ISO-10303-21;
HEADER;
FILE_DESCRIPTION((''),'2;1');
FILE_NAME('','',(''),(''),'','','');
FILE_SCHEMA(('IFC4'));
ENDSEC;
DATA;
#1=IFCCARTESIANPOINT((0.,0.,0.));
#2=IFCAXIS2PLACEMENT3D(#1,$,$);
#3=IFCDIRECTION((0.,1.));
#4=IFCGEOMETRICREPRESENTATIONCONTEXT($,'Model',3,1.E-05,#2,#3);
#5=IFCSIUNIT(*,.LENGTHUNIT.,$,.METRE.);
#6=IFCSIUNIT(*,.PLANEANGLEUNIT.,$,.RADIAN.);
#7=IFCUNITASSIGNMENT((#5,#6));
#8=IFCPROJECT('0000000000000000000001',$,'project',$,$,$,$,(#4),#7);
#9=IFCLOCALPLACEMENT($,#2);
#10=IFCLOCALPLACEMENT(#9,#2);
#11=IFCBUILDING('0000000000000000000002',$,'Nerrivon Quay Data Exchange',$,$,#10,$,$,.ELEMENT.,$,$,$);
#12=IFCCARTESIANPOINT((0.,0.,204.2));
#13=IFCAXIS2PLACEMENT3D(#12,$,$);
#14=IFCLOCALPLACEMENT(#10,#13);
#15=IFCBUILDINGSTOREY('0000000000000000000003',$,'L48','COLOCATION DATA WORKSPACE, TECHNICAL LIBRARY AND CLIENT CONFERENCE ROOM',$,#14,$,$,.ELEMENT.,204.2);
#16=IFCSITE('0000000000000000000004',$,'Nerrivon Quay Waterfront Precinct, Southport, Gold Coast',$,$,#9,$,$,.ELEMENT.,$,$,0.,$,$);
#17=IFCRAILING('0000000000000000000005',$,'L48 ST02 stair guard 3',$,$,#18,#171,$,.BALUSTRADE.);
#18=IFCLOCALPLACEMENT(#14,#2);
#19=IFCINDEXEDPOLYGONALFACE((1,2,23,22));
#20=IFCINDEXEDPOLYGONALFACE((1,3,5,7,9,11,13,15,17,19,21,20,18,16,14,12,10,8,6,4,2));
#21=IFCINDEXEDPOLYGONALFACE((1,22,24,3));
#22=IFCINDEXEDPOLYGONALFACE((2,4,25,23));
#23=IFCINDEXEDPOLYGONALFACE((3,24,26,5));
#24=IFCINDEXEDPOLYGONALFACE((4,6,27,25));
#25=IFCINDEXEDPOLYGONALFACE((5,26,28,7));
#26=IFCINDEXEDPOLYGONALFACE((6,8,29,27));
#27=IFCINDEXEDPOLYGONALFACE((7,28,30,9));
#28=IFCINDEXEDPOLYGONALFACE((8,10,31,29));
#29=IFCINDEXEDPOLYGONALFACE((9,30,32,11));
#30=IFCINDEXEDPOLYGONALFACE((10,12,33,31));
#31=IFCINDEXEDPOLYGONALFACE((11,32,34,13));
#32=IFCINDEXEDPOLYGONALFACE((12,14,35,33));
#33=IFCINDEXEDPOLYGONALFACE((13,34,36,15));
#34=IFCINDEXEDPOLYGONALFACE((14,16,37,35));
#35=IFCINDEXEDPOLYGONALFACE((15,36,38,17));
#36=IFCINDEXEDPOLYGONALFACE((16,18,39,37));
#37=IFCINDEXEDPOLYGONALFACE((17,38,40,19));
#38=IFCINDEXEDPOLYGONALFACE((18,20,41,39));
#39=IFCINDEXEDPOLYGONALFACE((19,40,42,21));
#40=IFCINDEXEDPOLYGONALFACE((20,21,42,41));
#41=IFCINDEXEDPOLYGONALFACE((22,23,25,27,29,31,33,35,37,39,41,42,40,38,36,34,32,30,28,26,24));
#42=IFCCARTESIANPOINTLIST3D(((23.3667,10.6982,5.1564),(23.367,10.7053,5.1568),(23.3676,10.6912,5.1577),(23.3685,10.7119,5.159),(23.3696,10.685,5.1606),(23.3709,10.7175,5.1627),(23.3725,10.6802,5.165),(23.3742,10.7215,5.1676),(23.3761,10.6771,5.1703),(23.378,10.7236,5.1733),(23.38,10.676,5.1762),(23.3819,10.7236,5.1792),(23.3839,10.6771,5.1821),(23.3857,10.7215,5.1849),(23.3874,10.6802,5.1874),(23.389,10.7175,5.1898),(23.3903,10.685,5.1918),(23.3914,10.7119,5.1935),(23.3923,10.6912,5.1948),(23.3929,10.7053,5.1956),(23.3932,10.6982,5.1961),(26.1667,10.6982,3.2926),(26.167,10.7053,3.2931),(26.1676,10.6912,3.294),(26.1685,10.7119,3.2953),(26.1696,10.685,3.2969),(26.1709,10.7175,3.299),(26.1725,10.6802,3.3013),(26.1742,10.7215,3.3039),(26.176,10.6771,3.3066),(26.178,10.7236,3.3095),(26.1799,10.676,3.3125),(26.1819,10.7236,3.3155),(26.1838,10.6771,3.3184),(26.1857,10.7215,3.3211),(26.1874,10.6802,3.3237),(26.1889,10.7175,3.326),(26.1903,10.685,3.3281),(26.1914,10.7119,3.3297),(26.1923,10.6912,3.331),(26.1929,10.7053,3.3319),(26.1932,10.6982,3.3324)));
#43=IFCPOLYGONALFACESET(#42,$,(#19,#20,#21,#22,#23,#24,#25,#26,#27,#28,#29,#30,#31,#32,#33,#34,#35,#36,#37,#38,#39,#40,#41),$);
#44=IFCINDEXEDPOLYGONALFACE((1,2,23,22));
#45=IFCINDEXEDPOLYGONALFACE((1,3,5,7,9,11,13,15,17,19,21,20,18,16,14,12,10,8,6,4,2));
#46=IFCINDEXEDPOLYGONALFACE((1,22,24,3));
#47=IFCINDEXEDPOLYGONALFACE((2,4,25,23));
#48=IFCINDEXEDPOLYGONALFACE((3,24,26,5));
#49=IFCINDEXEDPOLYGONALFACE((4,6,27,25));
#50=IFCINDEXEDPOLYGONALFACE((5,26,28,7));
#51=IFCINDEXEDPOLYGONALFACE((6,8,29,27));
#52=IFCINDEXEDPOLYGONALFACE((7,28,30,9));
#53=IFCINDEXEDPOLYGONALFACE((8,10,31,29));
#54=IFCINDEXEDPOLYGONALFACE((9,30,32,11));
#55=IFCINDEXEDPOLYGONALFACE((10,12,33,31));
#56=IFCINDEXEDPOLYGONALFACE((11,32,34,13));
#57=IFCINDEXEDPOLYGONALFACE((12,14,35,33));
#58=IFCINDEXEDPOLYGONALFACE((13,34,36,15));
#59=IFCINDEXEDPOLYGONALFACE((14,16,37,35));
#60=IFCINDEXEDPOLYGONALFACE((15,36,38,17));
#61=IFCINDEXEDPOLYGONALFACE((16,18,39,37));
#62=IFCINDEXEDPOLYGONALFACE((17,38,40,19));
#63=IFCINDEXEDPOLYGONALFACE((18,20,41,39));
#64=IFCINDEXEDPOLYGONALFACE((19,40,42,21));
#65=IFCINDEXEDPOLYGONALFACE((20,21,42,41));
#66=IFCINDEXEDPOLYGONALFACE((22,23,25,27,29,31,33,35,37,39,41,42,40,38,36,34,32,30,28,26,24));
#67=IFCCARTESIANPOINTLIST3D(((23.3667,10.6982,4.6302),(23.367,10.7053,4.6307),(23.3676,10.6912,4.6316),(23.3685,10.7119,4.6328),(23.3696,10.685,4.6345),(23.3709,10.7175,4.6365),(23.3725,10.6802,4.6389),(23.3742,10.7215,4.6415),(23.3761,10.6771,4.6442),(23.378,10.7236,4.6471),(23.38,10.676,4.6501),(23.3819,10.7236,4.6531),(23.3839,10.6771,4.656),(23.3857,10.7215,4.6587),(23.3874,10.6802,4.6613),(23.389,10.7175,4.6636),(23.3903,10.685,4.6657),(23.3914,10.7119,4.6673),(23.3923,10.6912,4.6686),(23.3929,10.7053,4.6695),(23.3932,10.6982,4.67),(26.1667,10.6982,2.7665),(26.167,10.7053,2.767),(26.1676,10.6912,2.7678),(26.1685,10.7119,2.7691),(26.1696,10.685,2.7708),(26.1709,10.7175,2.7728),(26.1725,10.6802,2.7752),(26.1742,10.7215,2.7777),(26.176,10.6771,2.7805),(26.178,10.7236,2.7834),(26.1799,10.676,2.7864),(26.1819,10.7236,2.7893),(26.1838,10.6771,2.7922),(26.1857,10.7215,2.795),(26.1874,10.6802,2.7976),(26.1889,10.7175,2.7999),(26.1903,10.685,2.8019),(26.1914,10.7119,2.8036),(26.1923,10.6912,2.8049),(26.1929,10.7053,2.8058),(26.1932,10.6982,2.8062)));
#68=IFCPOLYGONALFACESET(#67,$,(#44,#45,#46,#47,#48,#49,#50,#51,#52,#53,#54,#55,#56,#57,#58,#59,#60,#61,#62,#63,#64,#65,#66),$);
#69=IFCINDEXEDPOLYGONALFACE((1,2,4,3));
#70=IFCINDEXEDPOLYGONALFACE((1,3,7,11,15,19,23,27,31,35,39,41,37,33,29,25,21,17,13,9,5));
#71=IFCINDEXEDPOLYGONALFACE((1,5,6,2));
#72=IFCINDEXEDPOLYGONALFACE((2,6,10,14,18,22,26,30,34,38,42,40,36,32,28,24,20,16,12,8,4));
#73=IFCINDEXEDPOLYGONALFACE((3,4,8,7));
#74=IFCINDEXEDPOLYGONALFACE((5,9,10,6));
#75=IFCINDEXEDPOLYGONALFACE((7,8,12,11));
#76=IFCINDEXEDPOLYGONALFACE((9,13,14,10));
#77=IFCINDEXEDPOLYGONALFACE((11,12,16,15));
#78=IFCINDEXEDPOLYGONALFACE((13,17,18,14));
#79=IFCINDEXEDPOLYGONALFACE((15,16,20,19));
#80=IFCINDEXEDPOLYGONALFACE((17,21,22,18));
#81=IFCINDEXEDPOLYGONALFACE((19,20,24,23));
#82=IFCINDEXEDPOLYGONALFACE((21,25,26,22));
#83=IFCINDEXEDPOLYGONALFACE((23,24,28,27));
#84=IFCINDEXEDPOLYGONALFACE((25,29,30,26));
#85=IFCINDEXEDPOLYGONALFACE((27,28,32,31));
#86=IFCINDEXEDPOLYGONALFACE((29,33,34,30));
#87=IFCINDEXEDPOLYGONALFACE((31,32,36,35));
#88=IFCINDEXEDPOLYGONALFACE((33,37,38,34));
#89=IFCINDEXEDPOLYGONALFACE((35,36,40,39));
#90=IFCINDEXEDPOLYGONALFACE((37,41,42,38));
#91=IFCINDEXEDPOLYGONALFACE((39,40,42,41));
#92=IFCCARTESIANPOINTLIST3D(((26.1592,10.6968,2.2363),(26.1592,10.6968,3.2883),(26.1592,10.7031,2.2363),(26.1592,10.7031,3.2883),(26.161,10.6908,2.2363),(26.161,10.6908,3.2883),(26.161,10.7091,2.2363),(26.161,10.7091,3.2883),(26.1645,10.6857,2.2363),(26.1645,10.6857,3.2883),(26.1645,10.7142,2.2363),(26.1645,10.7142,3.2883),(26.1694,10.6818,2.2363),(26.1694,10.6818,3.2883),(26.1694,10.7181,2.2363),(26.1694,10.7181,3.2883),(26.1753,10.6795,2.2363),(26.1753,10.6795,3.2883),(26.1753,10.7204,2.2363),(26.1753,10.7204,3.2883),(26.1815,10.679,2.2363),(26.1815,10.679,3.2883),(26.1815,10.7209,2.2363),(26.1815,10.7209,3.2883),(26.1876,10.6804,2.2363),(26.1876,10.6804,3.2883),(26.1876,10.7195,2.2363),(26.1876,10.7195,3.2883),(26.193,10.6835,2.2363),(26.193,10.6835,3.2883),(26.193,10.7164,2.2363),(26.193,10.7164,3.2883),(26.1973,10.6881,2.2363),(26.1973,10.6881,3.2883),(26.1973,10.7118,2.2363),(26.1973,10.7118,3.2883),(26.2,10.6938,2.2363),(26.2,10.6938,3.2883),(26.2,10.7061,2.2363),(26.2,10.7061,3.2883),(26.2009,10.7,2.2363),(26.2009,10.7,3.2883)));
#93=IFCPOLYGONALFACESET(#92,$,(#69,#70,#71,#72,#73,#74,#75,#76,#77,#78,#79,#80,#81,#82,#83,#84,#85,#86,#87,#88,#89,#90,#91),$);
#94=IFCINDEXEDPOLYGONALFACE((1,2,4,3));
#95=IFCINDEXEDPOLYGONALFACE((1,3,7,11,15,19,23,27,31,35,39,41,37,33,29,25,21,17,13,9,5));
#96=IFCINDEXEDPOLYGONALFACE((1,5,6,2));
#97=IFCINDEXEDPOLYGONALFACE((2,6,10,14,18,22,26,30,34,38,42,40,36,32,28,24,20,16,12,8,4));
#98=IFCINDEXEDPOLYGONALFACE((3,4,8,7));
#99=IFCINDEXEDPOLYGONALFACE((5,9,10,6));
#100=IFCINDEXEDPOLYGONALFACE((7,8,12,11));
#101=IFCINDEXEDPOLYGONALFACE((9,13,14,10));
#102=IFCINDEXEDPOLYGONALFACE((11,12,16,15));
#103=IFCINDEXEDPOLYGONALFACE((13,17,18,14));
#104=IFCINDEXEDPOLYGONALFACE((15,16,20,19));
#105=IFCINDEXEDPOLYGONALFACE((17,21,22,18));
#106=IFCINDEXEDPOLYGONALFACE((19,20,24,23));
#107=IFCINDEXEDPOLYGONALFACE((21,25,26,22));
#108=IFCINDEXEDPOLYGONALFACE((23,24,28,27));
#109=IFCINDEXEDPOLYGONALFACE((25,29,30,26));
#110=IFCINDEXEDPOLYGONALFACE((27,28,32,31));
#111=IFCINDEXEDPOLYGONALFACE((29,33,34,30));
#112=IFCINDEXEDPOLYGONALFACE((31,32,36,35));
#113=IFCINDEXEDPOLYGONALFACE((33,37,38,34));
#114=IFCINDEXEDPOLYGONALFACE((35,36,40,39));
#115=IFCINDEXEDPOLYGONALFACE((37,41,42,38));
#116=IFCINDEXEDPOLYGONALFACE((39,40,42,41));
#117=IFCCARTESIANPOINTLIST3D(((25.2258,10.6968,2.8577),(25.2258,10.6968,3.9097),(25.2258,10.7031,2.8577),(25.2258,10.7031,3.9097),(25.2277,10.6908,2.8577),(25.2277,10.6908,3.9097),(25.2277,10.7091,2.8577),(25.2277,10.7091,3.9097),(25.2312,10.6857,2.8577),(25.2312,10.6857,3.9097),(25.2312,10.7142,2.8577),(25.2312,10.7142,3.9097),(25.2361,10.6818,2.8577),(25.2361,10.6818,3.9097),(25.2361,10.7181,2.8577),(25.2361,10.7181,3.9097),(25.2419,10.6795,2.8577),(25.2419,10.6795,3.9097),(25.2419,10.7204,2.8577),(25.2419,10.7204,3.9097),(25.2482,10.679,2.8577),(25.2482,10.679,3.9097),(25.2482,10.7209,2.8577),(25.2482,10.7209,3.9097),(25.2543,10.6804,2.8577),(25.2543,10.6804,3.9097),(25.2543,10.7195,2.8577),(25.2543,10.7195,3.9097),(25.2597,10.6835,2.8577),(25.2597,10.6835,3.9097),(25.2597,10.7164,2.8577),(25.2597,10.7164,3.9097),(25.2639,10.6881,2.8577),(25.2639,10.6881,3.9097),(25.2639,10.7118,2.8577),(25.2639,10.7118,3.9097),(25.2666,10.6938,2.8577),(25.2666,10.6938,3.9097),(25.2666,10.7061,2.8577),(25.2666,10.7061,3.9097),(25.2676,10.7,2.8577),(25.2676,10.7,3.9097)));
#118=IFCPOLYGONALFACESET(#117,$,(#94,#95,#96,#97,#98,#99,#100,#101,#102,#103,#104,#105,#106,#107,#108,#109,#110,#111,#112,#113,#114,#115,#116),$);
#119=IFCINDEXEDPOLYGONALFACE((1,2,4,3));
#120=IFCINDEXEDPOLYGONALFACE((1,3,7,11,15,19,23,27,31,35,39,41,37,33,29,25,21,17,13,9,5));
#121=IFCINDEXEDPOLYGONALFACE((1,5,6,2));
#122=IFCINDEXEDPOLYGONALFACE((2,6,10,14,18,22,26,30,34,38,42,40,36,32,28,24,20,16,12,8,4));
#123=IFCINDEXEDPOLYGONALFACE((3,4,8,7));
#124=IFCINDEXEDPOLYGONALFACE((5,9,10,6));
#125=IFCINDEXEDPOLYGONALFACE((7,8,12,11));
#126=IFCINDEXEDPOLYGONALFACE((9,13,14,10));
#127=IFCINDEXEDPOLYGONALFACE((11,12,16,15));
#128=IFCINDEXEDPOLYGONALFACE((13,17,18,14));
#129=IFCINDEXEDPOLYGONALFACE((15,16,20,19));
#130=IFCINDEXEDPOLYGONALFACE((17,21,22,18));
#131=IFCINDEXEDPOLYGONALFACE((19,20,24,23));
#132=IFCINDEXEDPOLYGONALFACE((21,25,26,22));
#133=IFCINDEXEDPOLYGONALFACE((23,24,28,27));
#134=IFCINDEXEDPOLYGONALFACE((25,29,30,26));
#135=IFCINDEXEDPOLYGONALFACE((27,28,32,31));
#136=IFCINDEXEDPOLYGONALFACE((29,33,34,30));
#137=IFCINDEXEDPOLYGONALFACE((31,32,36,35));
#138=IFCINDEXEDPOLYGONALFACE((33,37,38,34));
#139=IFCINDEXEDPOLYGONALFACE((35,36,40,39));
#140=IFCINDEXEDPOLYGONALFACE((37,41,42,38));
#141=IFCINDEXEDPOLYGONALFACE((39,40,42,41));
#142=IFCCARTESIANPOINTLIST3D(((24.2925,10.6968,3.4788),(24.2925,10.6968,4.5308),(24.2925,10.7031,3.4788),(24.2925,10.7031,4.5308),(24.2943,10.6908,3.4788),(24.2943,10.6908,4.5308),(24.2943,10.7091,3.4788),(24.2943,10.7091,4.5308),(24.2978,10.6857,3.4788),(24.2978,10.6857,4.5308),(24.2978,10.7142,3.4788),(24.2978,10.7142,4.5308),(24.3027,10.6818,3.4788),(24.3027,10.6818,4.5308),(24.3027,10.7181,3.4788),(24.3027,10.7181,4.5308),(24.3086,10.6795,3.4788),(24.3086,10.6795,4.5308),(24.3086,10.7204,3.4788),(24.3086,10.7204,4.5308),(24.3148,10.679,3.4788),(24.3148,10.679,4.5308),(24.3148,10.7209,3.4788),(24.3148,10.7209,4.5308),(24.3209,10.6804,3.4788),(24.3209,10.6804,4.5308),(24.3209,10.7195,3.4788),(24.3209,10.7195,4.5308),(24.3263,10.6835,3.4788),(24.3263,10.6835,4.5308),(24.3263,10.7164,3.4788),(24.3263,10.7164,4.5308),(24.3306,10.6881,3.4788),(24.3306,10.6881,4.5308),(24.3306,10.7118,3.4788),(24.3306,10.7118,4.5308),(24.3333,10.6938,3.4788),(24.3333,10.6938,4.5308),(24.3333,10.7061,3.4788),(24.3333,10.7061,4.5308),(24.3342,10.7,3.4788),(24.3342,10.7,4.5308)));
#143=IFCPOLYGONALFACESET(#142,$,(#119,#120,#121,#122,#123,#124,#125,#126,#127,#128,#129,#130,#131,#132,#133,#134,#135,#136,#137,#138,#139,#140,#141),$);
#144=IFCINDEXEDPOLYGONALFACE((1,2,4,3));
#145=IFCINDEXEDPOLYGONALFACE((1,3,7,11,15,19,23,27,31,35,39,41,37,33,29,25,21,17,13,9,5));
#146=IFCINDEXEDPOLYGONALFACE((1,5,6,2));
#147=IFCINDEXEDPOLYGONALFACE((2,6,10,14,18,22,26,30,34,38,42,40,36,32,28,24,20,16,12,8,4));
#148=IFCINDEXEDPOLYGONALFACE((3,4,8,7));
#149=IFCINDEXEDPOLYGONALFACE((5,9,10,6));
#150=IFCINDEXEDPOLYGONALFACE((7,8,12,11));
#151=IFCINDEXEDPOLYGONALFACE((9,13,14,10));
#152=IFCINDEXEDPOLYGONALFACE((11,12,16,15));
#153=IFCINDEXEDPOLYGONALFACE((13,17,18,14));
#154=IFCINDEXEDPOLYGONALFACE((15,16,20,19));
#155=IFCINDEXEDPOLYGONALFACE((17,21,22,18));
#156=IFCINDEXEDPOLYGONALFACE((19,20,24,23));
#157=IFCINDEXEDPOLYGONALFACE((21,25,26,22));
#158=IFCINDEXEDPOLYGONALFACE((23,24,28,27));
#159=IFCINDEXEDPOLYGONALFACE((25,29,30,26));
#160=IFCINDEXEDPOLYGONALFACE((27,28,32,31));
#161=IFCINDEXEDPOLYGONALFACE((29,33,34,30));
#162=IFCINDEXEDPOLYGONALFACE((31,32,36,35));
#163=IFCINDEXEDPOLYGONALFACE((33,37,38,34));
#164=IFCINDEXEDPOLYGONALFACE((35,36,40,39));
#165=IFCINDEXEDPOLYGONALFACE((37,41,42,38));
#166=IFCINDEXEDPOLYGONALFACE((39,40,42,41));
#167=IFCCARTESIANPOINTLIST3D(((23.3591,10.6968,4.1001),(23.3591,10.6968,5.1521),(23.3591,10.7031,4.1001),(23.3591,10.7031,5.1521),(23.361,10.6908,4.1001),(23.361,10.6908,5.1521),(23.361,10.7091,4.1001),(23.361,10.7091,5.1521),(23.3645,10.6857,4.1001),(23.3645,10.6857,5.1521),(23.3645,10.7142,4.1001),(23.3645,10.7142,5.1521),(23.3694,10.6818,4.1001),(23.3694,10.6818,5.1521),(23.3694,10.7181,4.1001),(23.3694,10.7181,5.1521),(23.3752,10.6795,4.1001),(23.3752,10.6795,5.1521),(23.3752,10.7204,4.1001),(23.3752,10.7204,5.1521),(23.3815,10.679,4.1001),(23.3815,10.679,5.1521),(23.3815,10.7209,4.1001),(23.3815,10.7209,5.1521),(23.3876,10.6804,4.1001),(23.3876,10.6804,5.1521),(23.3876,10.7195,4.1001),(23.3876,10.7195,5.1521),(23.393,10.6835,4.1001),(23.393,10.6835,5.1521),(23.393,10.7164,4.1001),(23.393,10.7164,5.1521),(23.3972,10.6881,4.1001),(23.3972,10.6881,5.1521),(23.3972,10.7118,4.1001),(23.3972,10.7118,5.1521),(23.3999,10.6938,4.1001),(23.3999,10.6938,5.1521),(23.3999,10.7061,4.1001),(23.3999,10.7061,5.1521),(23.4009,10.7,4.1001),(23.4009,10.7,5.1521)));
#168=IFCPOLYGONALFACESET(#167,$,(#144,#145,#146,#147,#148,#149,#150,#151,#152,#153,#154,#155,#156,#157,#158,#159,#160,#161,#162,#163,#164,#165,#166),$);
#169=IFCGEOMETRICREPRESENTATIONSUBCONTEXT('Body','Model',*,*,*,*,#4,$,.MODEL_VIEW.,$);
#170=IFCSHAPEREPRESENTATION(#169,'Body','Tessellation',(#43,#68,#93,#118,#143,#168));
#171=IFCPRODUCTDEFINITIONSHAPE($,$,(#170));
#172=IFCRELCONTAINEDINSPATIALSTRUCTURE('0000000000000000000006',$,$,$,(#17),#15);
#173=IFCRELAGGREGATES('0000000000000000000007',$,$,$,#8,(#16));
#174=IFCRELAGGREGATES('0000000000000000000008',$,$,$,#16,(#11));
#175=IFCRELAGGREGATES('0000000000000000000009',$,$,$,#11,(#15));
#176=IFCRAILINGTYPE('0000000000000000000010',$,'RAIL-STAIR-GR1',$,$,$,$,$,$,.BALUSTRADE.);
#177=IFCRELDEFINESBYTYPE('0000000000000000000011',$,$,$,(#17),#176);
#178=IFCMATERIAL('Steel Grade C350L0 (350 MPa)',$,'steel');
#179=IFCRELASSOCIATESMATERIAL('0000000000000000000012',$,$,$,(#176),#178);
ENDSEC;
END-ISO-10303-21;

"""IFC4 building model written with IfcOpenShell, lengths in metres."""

from ifc_helpers import new_model, si_unit, direction, frame, origin, origin_2d, place, context, subcontext, project, spatial, circle, extrude, material, type_object, element, save


model = new_model("IFC4")

# Units and contexts
model_context = context("Model", 3, precision=1e-05, world=origin(), true_north=direction((0.0, 1.0)))
body_context = subcontext(model_context, "Body", "Model", "MODEL_VIEW")
ifc_project = project(units=[si_unit("LENGTHUNIT", "METRE"), si_unit("PLANEANGLEUNIT", "RADIAN")], contexts=[model_context])

# Site, building, storey
site_placement = place(None, origin())
site = spatial("IfcSite", under=ifc_project, at=site_placement, Name="Nerrivon Quay Waterfront Precinct, Southport, Gold Coast", CompositionType="ELEMENT", RefElevation=0.0)
building_placement = place(site_placement, origin())
building = spatial("IfcBuilding", under=site, at=building_placement, Name="Nerrivon Quay Data Exchange", CompositionType="ELEMENT")
storey_placement = place(building_placement, frame((0.0, 0.0, 204.2)))
storey = spatial("IfcBuildingStorey", under=building, at=storey_placement, Name="L48", Description="COLOCATION DATA WORKSPACE, TECHNICAL LIBRARY AND CLIENT CONFERENCE ROOM", CompositionType="ELEMENT", Elevation=204.2)

# Shared definitions
ifc_material_1 = material(Name="Steel Grade C350L0 (350 MPa)", Category="steel")

# Railing
railing_type_1 = type_object("IfcRailingType", Name="RAIL-STAIR-GR1", PredefinedType="BALUSTRADE", material=ifc_material_1)
railing_1_placement = place(storey_placement, frame((26.1799, 10.7, 2.2363)))
element("IfcRailing", 1, at=railing_1_placement, inside=storey, type_object=railing_type_1, Name="L48 ST02 stair guard 3", PredefinedType="BALUSTRADE", context=body_context, shape_type="SweptSolid", body=[
    extrude(circle(Radius=0.0239, at=origin_2d()), frame((0.0, 0.0, 1.0762), z_axis=(-0.832452, 0.0, 0.554097), x_axis=(0.0, -1.0, 0.0)), (0.0, 0.0, 1.0), 3.3635),
    extrude(circle(Radius=0.0239, at=origin_2d()), frame((0.0, 0.0, 0.55), z_axis=(-0.832452, 0.0, 0.554097), x_axis=(0.0, -1.0, 0.0)), (0.0, 0.0, 1.0), 3.3635),
    extrude(circle(Radius=0.021, at=origin_2d()), origin(), (0.0, 0.0, 1.0), 1.052),
    extrude(circle(Radius=0.021, at=origin_2d()), frame((-0.9333, 0.0, 0.6213)), (0.0, 0.0, 1.0), 1.052),
    extrude(circle(Radius=0.021, at=origin_2d()), frame((-1.8667, 0.0, 1.2424)), (0.0, 0.0, 1.0), 1.052),
    extrude(circle(Radius=0.021, at=origin_2d()), frame((-2.8, 0.0, 1.8638)), (0.0, 0.0, 1.0), 1.052),
])

save(model, "model.ifc")
